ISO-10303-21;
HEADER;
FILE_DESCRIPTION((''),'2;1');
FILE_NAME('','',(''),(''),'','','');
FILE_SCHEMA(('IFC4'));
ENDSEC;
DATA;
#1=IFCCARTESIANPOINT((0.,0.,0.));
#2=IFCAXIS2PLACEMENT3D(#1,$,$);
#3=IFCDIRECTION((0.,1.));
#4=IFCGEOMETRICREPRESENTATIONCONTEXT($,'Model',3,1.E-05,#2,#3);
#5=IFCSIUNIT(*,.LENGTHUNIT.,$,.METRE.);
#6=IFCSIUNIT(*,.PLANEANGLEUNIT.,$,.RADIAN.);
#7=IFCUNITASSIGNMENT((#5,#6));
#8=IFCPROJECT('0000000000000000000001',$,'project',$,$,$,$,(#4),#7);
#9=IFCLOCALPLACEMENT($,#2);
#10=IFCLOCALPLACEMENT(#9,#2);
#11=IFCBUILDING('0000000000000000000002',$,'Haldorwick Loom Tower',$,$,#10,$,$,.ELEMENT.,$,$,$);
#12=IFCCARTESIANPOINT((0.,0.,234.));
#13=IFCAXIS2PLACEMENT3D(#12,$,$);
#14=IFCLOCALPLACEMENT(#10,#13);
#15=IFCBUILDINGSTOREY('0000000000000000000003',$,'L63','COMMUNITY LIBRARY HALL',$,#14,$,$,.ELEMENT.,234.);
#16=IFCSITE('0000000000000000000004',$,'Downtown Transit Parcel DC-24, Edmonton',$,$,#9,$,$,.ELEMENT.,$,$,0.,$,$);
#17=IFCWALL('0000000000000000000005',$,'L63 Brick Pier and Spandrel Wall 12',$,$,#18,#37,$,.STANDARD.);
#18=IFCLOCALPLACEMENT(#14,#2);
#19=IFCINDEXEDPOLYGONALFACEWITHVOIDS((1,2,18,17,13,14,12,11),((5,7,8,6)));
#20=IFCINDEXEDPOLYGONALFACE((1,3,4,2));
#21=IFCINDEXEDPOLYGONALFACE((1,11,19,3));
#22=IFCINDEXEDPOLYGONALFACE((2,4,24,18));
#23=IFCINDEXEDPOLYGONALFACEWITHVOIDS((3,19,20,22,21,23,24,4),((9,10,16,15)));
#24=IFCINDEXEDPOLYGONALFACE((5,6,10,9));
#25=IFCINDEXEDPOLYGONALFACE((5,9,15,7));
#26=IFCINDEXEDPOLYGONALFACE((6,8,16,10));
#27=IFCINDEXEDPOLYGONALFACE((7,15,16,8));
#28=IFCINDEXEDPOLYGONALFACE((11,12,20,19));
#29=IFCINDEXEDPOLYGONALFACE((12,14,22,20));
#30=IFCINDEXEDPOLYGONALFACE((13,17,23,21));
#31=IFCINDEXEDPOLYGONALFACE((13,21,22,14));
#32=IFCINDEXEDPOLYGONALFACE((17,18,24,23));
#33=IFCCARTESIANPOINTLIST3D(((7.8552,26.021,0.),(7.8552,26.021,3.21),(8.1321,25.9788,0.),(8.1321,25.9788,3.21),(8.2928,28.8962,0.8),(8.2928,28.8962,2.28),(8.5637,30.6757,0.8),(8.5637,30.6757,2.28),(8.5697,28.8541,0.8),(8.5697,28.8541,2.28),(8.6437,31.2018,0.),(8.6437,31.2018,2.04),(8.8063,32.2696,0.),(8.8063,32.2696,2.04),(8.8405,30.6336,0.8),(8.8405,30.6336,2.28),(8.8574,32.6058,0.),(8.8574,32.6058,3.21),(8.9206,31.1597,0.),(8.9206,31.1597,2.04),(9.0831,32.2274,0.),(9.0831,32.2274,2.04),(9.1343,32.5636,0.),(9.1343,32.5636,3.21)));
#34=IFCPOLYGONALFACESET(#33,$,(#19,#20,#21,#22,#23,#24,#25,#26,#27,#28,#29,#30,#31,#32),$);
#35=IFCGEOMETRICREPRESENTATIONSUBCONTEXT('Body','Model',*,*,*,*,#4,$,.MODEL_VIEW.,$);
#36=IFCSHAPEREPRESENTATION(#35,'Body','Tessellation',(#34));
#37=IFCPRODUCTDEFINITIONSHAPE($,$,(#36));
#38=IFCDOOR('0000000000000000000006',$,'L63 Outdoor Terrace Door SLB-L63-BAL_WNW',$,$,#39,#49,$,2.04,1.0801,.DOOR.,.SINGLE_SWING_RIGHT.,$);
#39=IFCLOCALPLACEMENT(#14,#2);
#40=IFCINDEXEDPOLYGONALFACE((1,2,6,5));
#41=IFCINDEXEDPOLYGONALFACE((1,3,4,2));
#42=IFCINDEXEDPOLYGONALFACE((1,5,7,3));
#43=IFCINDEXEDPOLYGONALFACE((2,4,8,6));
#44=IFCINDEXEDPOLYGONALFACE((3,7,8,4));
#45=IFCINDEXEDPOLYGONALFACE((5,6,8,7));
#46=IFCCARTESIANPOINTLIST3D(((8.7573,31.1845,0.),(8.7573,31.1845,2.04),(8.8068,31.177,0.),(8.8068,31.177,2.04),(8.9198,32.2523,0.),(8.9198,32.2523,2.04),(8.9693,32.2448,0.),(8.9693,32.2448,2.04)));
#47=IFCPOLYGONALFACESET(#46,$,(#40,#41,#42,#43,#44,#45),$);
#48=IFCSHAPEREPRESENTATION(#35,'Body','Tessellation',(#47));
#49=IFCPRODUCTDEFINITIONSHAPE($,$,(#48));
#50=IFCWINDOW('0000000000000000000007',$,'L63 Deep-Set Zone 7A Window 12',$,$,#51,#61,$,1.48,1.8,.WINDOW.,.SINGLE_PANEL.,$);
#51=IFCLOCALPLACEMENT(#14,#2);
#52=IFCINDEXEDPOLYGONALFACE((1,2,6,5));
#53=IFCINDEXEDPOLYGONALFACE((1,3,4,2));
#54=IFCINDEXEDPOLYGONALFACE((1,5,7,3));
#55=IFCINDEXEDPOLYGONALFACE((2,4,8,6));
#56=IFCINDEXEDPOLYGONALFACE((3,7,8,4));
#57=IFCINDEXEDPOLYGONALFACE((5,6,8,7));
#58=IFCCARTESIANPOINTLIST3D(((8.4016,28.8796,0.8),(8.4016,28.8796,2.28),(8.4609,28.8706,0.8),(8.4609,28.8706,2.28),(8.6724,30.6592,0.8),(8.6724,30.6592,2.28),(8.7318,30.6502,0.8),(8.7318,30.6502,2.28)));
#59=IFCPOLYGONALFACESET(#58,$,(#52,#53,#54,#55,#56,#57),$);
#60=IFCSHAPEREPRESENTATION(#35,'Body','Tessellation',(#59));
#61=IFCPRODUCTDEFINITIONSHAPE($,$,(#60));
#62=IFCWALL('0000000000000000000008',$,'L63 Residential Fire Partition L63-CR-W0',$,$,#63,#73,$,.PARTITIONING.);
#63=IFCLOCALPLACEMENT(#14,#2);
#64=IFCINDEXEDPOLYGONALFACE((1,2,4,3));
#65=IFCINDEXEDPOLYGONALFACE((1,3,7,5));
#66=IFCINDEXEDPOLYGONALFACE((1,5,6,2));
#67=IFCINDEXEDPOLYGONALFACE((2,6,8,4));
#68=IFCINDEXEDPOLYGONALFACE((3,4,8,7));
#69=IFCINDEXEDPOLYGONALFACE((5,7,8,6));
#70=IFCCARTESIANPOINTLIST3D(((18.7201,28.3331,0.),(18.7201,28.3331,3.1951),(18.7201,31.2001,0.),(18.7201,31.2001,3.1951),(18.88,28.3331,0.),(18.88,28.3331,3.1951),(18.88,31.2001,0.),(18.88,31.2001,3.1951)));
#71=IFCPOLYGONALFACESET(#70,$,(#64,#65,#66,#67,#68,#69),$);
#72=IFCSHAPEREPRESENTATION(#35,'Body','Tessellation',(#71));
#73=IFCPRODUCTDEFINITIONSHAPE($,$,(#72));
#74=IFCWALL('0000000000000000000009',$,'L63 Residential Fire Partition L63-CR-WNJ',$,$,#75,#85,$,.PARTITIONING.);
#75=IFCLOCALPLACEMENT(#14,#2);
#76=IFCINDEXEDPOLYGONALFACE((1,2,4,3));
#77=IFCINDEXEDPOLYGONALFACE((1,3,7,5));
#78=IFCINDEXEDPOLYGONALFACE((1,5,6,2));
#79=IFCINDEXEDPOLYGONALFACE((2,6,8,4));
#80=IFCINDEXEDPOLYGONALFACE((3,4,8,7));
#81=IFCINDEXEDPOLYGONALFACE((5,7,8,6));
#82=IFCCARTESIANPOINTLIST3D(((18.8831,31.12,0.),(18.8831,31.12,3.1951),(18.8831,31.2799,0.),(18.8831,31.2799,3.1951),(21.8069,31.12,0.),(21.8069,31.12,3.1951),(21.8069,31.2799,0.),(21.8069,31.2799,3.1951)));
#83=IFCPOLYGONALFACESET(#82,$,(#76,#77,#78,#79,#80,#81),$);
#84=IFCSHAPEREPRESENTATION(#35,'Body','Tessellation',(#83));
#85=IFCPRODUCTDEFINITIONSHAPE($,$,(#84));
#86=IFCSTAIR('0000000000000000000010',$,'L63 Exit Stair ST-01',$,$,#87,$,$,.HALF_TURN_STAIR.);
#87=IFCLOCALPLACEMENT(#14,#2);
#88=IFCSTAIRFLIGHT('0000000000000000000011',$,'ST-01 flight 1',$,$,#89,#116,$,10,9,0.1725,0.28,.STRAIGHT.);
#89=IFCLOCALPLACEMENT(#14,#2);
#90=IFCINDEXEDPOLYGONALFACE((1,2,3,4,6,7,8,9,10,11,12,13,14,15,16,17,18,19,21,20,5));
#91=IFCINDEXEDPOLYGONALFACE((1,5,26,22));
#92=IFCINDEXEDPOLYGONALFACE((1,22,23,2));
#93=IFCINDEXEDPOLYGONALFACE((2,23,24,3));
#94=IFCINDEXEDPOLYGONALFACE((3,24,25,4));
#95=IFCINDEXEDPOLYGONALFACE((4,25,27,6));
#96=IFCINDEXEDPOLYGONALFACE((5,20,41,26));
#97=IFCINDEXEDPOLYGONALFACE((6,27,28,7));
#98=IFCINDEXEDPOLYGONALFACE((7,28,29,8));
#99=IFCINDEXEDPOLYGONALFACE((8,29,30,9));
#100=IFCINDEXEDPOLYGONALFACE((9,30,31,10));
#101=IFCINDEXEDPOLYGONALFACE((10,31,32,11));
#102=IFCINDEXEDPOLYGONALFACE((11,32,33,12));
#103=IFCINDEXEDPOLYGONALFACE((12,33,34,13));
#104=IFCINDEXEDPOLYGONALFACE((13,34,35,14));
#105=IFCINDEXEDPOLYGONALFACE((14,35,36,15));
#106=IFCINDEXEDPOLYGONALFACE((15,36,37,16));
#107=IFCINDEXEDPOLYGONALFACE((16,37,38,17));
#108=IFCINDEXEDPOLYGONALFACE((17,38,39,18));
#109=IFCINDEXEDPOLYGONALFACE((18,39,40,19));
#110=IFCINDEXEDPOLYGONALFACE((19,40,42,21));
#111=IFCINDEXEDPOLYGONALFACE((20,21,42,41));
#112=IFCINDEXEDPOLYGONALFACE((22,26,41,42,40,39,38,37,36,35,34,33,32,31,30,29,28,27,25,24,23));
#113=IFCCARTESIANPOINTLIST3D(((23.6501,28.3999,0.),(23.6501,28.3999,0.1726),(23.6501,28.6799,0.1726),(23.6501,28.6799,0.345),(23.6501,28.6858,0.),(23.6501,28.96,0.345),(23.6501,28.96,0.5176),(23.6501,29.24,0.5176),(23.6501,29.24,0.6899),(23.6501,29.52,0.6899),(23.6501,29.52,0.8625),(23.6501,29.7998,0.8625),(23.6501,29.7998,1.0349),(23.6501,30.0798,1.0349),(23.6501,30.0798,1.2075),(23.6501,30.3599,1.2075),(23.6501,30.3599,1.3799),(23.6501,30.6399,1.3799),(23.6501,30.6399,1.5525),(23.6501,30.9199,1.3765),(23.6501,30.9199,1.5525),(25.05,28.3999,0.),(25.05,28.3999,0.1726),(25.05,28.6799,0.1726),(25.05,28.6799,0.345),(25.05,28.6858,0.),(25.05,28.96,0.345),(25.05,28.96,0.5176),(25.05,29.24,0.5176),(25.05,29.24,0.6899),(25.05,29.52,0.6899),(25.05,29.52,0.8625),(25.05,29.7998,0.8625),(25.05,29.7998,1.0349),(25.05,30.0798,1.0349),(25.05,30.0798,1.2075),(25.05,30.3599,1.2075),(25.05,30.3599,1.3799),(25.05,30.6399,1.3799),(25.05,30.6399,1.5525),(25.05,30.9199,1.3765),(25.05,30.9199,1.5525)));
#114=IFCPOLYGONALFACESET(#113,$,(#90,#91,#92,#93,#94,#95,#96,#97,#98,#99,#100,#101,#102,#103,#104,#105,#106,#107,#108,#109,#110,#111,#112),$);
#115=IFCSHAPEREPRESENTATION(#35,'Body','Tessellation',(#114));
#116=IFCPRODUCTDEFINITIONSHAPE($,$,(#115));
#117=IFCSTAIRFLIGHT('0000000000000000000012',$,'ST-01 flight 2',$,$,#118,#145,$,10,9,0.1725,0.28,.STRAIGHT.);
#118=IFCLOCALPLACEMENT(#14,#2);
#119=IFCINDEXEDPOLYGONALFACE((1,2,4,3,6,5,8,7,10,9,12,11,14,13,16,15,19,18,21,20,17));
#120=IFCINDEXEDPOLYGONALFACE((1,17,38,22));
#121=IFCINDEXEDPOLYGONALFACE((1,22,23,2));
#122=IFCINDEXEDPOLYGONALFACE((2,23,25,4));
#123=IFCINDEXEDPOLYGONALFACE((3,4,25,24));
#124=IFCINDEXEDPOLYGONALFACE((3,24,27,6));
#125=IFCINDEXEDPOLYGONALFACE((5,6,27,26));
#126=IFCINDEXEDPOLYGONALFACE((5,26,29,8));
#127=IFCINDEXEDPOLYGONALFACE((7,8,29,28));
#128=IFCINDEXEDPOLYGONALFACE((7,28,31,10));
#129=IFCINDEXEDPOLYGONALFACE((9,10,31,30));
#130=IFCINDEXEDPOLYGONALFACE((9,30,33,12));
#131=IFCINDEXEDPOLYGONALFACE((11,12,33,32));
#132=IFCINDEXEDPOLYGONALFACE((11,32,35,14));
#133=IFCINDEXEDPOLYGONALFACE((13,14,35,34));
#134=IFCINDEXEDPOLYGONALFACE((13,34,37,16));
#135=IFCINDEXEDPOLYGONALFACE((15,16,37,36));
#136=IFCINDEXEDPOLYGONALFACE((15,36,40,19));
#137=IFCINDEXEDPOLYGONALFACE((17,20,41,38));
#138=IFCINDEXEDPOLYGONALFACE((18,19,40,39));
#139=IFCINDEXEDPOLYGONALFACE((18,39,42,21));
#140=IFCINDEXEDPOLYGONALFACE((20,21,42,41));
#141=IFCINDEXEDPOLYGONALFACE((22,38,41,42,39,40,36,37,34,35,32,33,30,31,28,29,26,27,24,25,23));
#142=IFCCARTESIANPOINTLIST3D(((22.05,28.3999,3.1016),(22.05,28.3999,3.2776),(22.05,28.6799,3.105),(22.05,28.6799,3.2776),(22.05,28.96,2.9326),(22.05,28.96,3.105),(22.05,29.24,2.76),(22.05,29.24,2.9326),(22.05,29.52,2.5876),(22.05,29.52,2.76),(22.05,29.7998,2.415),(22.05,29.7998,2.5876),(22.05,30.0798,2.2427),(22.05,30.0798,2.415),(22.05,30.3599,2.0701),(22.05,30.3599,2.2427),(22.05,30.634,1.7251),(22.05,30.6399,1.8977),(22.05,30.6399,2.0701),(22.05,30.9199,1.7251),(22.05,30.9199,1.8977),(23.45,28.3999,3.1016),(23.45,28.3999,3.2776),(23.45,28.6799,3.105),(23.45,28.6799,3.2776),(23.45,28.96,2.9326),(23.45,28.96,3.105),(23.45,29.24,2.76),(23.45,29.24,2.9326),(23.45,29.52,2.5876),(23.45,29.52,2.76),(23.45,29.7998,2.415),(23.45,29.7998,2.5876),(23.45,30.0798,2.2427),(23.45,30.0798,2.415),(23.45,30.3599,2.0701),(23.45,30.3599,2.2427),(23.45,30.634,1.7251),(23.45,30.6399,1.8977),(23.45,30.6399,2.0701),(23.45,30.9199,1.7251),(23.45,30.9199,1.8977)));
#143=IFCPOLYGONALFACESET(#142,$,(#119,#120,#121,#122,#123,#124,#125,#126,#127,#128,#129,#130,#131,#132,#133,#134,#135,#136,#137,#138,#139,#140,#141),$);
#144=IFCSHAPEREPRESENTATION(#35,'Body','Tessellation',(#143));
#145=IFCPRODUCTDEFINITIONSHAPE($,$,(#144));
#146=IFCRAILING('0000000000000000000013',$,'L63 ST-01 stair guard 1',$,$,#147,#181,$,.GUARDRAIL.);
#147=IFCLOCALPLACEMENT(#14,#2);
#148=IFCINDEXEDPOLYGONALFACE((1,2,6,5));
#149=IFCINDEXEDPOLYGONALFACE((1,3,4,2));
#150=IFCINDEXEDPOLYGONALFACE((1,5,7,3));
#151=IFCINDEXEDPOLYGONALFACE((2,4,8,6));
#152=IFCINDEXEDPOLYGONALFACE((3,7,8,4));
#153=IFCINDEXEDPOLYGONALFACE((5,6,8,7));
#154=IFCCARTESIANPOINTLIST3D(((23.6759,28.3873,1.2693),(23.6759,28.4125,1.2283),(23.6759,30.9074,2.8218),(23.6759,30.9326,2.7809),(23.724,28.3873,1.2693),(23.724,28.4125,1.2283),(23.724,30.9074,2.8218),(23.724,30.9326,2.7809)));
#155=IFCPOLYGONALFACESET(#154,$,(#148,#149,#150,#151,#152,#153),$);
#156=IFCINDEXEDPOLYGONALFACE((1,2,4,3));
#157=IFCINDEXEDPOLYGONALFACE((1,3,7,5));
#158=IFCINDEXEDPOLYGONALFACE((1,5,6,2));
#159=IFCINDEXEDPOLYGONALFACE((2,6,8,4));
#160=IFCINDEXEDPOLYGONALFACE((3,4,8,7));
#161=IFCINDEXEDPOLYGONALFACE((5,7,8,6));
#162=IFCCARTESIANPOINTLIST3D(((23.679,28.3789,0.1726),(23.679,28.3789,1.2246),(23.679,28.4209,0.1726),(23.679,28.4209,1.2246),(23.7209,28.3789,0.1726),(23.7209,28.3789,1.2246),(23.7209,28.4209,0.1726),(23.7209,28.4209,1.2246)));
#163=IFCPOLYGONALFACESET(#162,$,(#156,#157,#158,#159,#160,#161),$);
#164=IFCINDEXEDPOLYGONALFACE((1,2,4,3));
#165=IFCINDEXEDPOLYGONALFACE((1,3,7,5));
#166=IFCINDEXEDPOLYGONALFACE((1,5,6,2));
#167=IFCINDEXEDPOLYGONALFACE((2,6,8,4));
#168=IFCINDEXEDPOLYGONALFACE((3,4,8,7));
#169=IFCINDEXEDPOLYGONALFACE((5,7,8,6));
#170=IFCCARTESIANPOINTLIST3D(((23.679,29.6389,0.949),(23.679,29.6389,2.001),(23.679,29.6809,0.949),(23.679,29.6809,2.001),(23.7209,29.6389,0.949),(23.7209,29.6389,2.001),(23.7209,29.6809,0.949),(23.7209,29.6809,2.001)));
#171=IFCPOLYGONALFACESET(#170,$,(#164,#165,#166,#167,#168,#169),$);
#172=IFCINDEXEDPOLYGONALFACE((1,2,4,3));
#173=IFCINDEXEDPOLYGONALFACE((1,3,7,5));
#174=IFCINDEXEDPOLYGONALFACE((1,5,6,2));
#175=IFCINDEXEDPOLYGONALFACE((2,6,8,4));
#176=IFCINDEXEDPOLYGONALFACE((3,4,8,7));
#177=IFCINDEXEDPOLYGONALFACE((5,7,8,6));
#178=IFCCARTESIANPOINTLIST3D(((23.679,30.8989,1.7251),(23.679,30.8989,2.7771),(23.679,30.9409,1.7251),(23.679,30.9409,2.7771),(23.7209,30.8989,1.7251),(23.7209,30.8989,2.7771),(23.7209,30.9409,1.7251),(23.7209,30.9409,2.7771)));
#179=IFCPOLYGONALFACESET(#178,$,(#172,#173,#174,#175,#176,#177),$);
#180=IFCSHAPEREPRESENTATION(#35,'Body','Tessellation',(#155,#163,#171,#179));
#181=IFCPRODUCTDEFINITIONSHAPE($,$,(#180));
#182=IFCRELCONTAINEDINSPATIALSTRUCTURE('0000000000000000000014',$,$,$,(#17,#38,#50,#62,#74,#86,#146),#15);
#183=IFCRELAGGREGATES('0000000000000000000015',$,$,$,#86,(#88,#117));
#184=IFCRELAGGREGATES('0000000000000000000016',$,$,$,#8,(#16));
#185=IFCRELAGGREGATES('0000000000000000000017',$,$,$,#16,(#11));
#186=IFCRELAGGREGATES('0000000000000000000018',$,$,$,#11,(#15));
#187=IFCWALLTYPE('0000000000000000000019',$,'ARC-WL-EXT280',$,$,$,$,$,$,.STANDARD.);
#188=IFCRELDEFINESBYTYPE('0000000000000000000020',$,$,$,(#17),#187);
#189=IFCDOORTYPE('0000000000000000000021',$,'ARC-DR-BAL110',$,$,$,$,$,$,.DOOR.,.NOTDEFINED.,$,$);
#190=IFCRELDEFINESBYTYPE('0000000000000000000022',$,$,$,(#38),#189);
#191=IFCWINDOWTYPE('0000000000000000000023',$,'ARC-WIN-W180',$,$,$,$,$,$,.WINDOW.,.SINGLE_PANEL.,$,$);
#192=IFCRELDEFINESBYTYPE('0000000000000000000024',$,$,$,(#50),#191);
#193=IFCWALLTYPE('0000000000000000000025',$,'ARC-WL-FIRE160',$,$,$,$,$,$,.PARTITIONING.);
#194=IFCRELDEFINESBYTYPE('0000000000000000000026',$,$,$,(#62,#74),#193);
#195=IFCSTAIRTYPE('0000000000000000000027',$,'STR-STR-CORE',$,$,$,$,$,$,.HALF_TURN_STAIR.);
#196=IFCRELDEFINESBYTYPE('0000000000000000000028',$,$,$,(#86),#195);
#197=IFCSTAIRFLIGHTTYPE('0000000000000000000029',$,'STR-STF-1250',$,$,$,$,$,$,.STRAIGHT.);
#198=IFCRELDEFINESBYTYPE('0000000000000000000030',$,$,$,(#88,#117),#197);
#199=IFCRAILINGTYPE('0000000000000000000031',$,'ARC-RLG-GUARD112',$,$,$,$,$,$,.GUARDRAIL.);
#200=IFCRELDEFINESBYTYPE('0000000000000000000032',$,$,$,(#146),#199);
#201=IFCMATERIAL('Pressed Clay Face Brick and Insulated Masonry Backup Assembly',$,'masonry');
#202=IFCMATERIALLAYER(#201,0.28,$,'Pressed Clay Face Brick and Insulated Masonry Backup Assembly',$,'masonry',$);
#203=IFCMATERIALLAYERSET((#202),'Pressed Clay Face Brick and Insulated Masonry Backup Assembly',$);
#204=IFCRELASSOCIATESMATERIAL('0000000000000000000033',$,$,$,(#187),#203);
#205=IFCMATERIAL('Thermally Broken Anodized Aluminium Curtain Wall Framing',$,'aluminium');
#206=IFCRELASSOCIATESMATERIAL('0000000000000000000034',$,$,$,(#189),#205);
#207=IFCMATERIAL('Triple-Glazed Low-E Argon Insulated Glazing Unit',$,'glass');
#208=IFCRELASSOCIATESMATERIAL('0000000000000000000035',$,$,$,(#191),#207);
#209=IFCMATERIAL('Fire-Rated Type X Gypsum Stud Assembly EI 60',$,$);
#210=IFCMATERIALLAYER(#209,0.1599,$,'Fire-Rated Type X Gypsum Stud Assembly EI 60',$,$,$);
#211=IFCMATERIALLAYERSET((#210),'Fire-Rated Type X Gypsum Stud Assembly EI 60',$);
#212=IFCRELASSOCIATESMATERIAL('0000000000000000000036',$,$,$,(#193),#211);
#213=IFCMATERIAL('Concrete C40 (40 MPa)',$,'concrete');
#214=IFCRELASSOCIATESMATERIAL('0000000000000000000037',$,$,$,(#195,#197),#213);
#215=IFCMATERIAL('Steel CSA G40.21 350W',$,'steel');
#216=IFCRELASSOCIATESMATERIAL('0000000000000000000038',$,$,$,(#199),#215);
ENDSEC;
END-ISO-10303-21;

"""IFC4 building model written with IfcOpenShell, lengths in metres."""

from ifc_helpers import new_model, si_unit, direction, frame, frame_2d, origin, origin_2d, place, context, subcontext, project, spatial, polyline, rectangle, outline, extrude, material, layer, layer_set, type_object, element, fill, aggregate, save


model = new_model("IFC4")

# Units and contexts
model_context = context("Model", 3, precision=1e-05, world=origin(), true_north=direction((0.0, 1.0)))
body_context = subcontext(model_context, "Body", "Model", "MODEL_VIEW")
ifc_project = project(units=[si_unit("LENGTHUNIT", "METRE"), si_unit("PLANEANGLEUNIT", "RADIAN")], contexts=[model_context])

# Site, building, storey
site_placement = place(None, origin())
site = spatial("IfcSite", under=ifc_project, at=site_placement, Name="Downtown Transit Parcel DC-24, Edmonton", CompositionType="ELEMENT", RefElevation=0.0)
building_placement = place(site_placement, origin())
building = spatial("IfcBuilding", under=site, at=building_placement, Name="Haldorwick Loom Tower", CompositionType="ELEMENT")
storey_placement = place(building_placement, frame((0.0, 0.0, 234.0)))
storey = spatial("IfcBuildingStorey", under=building, at=storey_placement, Name="L63", Description="COMMUNITY LIBRARY HALL", CompositionType="ELEMENT", Elevation=234.0)

# Shared definitions
ifc_material_1 = material(Name="Steel CSA G40.21 350W", Category="steel")

# Wall, openings, door, window
ifc_material_2 = material(Name="Pressed Clay Face Brick and Insulated Masonry Backup Assembly", Category="masonry")
ifc_layer_1 = layer(ifc_material_2, 0.28, Name="Pressed Clay Face Brick and Insulated Masonry Backup Assembly", Category="masonry")
ifc_layer_set_1 = layer_set([ifc_layer_1], Name="Pressed Clay Face Brick and Insulated Masonry Backup Assembly")
wall_type_1 = type_object("IfcWallType", Name="ARC-WL-EXT280", PredefinedType="STANDARD", material=ifc_layer_set_1)
wall_1_placement = place(storey_placement, frame((8.9958, 32.5847, 0.0), z_axis=(0.0, 0.0, 1.0), x_axis=(-0.150468, -0.988615, 0.0)))
wall_1 = element("IfcWall", 1, at=wall_1_placement, inside=storey, type_object=wall_type_1, Name="L63 Brick Pier and Spandrel Wall 12", PredefinedType="STANDARD", context=body_context, shape_type="SweptSolid", body=[
    extrude(rectangle(XDim=6.6606, YDim=0.28, at=frame_2d((3.3303, 0.0))), origin(), (0.0, 0.0, 1.0), 3.21),
])
opening_1_placement = place(wall_1_placement, frame((0.3401, 0.0, 0.0)))
opening_1 = element("IfcOpeningElement", 2, at=opening_1_placement, cuts=wall_1, PredefinedType="OPENING", context=body_context, shape_type="SweptSolid", body=[
    extrude(rectangle(XDim=1.0801, YDim=2.04, at=frame_2d((0.54, 1.02))), frame((0.0, 0.1499, 0.0), z_axis=(0.0, -1.0, 0.0), x_axis=(1.0, 0.0, 0.0)), (0.0, 0.0, 1.0), 0.3),
])
opening_2_placement = place(wall_1_placement, frame((1.9524, 0.0, 0.8)))
opening_2 = element("IfcOpeningElement", 3, at=opening_2_placement, cuts=wall_1, PredefinedType="OPENING", context=body_context, shape_type="SweptSolid", body=[
    extrude(rectangle(XDim=1.8, YDim=1.48, at=frame_2d((0.8999, 0.74))), frame((0.0, 0.1499, 0.0), z_axis=(0.0, -1.0, 0.0), x_axis=(1.0, 0.0, 0.0)), (0.0, 0.0, 1.0), 0.3),
])
ifc_material_3 = material(Name="Thermally Broken Anodized Aluminium Curtain Wall Framing", Category="aluminium")
door_type = type_object("IfcDoorType", Name="ARC-DR-BAL110", OperationType="NOTDEFINED", PredefinedType="DOOR", material=ifc_material_3)
door_placement = place(opening_1_placement, origin())
door = element("IfcDoor", 4, at=door_placement, inside=storey, type_object=door_type, Name="L63 Outdoor Terrace Door SLB-L63-BAL_WNW", OperationType="SINGLE_SWING_RIGHT", OverallHeight=2.04, OverallWidth=1.0801, PredefinedType="DOOR", context=body_context, shape_type="SweptSolid", body=[
    extrude(rectangle(XDim=1.0801, YDim=2.04, at=frame_2d((0.54, 1.02))), frame((0.0, 0.0249, 0.0), z_axis=(0.0, -1.0, 0.0), x_axis=(1.0, 0.0, 0.0)), (0.0, 0.0, 1.0), 0.05),
])
fill(opening_1, door)
ifc_material_4 = material(Name="Triple-Glazed Low-E Argon Insulated Glazing Unit", Category="glass")
window_type = type_object("IfcWindowType", Name="ARC-WIN-W180", PartitioningType="SINGLE_PANEL", PredefinedType="WINDOW", material=ifc_material_4)
window_placement = place(opening_2_placement, origin())
window = element("IfcWindow", 5, at=window_placement, inside=storey, type_object=window_type, Name="L63 Deep-Set Zone 7A Window 12", OverallHeight=1.48, OverallWidth=1.8, PartitioningType="SINGLE_PANEL", PredefinedType="WINDOW", context=body_context, shape_type="SweptSolid", body=[
    extrude(rectangle(XDim=1.8, YDim=1.48, at=frame_2d((0.8999, 0.74))), frame((0.0, 0.03, 0.0), z_axis=(0.0, -1.0, 0.0), x_axis=(1.0, 0.0, 0.0)), (0.0, 0.0, 1.0), 0.0601),
])
fill(opening_2, window)

# Walls
ifc_material_5 = material(Name="Fire-Rated Type X Gypsum Stud Assembly EI 60")
ifc_layer_2 = layer(ifc_material_5, 0.1599, Name="Fire-Rated Type X Gypsum Stud Assembly EI 60")
ifc_layer_set_2 = layer_set([ifc_layer_2], Name="Fire-Rated Type X Gypsum Stud Assembly EI 60")
wall_type_2 = type_object("IfcWallType", Name="ARC-WL-FIRE160", PredefinedType="PARTITIONING", material=ifc_layer_set_2)
wall_2_placement = place(storey_placement, frame((18.8, 28.333, 0.0), z_axis=(0.0, 0.0, 1.0), x_axis=(0.0, 1.0, 0.0)))
element("IfcWall", 6, at=wall_2_placement, inside=storey, type_object=wall_type_2, Name="L63 Residential Fire Partition L63-CR-W0", PredefinedType="PARTITIONING", context=body_context, shape_type="SweptSolid", body=[
    extrude(rectangle(XDim=2.8669, YDim=0.1599, at=frame_2d((1.4336, 0.0))), origin(), (0.0, 0.0, 1.0), 3.1951),
])
wall_3_placement = place(storey_placement, frame((18.8831, 31.2, 0.0), z_axis=(0.0, 0.0, 1.0), x_axis=(1.0, 0.0, 0.0)))
element("IfcWall", 7, at=wall_3_placement, inside=storey, type_object=wall_type_2, Name="L63 Residential Fire Partition L63-CR-WNJ", PredefinedType="PARTITIONING", context=body_context, shape_type="SweptSolid", body=[
    extrude(rectangle(XDim=2.9238, YDim=0.1599, at=frame_2d((1.4619, 0.0))), origin(), (0.0, 0.0, 1.0), 3.1951),
])

# Stair, stair flights
ifc_material_6 = material(Name="Concrete C40 (40 MPa)", Category="concrete")
stair_type = type_object("IfcStairType", Name="STR-STR-CORE", PredefinedType="HALF_TURN_STAIR", material=ifc_material_6)
stair_placement = place(storey_placement, origin())
stair = element("IfcStair", 8, at=stair_placement, inside=storey, type_object=stair_type, Name="L63 Exit Stair ST-01", PredefinedType="HALF_TURN_STAIR")
stair_flight_type = type_object("IfcStairFlightType", Name="STR-STF-1250", PredefinedType="STRAIGHT", material=ifc_material_6)
stair_flight_1_placement = place(storey_placement, frame((24.3501, 28.3999, 0.0), z_axis=(0.0, 0.0, 1.0), x_axis=(0.0, 1.0, 0.0)))
stair_flight_1 = element("IfcStairFlight", 9, at=stair_flight_1_placement, type_object=stair_flight_type, Name="ST-01 flight 1", NumberOfRisers=10, NumberOfTreads=9, PredefinedType="STRAIGHT", RiserHeight=0.1725, TreadLength=0.28, context=body_context, shape_type="SweptSolid", body=[
    extrude(outline(polyline([(0.0, 0.0), (0.0, 0.1726), (0.28, 0.1726), (0.28, 0.345), (0.5601, 0.345), (0.5601, 0.5176), (0.8401, 0.5176), (0.8401, 0.6899), (1.1201, 0.6899), (1.1201, 0.8625), (1.3999, 0.8625), (1.3999, 1.0349), (1.6799, 1.0349), (1.6799, 1.2075), (1.96, 1.2075), (1.96, 1.3799), (2.24, 1.3799), (2.24, 1.5525), (2.52, 1.5525), (2.52, 1.7251), (2.52, 1.3765), (0.2859, 0.0), (0.0, 0.0)])), frame((0.0, 0.7, 0.0), z_axis=(0.0, -1.0, 0.0), x_axis=(1.0, 0.0, 0.0)), (0.0, 0.0, 1.0), 1.3999),
])
stair_flight_2_placement = place(storey_placement, frame((22.75, 30.9199, 1.7251), z_axis=(0.0, 0.0, 1.0), x_axis=(0.0, -1.0, 0.0)))
stair_flight_2 = element("IfcStairFlight", 10, at=stair_flight_2_placement, type_object=stair_flight_type, Name="ST-01 flight 2", NumberOfRisers=10, NumberOfTreads=9, PredefinedType="STRAIGHT", RiserHeight=0.1725, TreadLength=0.28, context=body_context, shape_type="SweptSolid", body=[
    extrude(outline(polyline([(0.0, 0.0), (0.0, 0.1726), (0.28, 0.1726), (0.28, 0.345), (0.5601, 0.345), (0.5601, 0.5176), (0.8401, 0.5176), (0.8401, 0.6899), (1.1201, 0.6899), (1.1201, 0.8625), (1.3999, 0.8625), (1.3999, 1.0349), (1.6799, 1.0349), (1.6799, 1.2075), (1.96, 1.2075), (1.96, 1.3799), (2.24, 1.3799), (2.24, 1.5525), (2.52, 1.5525), (2.52, 1.7251), (2.52, 1.3765), (0.2859, 0.0), (0.0, 0.0)])), frame((0.0, 0.7, 0.0), z_axis=(0.0, -1.0, 0.0), x_axis=(1.0, 0.0, 0.0)), (0.0, 0.0, 1.0), 1.3999),
])
aggregate(stair, [stair_flight_1, stair_flight_2])

# Railing
railing_type_1 = type_object("IfcRailingType", Name="ARC-RLG-GUARD112", PredefinedType="GUARDRAIL", material=ifc_material_1)
railing_1_placement = place(storey_placement, frame((23.7, 28.3999, 0.1726)))
element("IfcRailing", 11, at=railing_1_placement, inside=storey, type_object=railing_type_1, Name="L63 ST-01 stair guard 1", PredefinedType="GUARDRAIL", context=body_context, shape_type="SweptSolid", body=[
    extrude(rectangle(XDim=0.0481, YDim=0.0481, at=origin_2d()), frame((0.0, 0.0, 1.0762), z_axis=(0.0, 0.8514, 0.524516), x_axis=(-1.0, 0.0, 0.0)), (0.0, 0.0, 1.0), 2.96),
    extrude(rectangle(XDim=0.042, YDim=0.042, at=origin_2d()), origin(), (0.0, 0.0, 1.0), 1.052),
    extrude(rectangle(XDim=0.042, YDim=0.042, at=origin_2d()), frame((0.0, 1.26, 0.7764)), (0.0, 0.0, 1.0), 1.052),
    extrude(rectangle(XDim=0.042, YDim=0.042, at=origin_2d()), frame((0.0, 2.52, 1.5525)), (0.0, 0.0, 1.0), 1.052),
])

save(model, "model.ifc")
